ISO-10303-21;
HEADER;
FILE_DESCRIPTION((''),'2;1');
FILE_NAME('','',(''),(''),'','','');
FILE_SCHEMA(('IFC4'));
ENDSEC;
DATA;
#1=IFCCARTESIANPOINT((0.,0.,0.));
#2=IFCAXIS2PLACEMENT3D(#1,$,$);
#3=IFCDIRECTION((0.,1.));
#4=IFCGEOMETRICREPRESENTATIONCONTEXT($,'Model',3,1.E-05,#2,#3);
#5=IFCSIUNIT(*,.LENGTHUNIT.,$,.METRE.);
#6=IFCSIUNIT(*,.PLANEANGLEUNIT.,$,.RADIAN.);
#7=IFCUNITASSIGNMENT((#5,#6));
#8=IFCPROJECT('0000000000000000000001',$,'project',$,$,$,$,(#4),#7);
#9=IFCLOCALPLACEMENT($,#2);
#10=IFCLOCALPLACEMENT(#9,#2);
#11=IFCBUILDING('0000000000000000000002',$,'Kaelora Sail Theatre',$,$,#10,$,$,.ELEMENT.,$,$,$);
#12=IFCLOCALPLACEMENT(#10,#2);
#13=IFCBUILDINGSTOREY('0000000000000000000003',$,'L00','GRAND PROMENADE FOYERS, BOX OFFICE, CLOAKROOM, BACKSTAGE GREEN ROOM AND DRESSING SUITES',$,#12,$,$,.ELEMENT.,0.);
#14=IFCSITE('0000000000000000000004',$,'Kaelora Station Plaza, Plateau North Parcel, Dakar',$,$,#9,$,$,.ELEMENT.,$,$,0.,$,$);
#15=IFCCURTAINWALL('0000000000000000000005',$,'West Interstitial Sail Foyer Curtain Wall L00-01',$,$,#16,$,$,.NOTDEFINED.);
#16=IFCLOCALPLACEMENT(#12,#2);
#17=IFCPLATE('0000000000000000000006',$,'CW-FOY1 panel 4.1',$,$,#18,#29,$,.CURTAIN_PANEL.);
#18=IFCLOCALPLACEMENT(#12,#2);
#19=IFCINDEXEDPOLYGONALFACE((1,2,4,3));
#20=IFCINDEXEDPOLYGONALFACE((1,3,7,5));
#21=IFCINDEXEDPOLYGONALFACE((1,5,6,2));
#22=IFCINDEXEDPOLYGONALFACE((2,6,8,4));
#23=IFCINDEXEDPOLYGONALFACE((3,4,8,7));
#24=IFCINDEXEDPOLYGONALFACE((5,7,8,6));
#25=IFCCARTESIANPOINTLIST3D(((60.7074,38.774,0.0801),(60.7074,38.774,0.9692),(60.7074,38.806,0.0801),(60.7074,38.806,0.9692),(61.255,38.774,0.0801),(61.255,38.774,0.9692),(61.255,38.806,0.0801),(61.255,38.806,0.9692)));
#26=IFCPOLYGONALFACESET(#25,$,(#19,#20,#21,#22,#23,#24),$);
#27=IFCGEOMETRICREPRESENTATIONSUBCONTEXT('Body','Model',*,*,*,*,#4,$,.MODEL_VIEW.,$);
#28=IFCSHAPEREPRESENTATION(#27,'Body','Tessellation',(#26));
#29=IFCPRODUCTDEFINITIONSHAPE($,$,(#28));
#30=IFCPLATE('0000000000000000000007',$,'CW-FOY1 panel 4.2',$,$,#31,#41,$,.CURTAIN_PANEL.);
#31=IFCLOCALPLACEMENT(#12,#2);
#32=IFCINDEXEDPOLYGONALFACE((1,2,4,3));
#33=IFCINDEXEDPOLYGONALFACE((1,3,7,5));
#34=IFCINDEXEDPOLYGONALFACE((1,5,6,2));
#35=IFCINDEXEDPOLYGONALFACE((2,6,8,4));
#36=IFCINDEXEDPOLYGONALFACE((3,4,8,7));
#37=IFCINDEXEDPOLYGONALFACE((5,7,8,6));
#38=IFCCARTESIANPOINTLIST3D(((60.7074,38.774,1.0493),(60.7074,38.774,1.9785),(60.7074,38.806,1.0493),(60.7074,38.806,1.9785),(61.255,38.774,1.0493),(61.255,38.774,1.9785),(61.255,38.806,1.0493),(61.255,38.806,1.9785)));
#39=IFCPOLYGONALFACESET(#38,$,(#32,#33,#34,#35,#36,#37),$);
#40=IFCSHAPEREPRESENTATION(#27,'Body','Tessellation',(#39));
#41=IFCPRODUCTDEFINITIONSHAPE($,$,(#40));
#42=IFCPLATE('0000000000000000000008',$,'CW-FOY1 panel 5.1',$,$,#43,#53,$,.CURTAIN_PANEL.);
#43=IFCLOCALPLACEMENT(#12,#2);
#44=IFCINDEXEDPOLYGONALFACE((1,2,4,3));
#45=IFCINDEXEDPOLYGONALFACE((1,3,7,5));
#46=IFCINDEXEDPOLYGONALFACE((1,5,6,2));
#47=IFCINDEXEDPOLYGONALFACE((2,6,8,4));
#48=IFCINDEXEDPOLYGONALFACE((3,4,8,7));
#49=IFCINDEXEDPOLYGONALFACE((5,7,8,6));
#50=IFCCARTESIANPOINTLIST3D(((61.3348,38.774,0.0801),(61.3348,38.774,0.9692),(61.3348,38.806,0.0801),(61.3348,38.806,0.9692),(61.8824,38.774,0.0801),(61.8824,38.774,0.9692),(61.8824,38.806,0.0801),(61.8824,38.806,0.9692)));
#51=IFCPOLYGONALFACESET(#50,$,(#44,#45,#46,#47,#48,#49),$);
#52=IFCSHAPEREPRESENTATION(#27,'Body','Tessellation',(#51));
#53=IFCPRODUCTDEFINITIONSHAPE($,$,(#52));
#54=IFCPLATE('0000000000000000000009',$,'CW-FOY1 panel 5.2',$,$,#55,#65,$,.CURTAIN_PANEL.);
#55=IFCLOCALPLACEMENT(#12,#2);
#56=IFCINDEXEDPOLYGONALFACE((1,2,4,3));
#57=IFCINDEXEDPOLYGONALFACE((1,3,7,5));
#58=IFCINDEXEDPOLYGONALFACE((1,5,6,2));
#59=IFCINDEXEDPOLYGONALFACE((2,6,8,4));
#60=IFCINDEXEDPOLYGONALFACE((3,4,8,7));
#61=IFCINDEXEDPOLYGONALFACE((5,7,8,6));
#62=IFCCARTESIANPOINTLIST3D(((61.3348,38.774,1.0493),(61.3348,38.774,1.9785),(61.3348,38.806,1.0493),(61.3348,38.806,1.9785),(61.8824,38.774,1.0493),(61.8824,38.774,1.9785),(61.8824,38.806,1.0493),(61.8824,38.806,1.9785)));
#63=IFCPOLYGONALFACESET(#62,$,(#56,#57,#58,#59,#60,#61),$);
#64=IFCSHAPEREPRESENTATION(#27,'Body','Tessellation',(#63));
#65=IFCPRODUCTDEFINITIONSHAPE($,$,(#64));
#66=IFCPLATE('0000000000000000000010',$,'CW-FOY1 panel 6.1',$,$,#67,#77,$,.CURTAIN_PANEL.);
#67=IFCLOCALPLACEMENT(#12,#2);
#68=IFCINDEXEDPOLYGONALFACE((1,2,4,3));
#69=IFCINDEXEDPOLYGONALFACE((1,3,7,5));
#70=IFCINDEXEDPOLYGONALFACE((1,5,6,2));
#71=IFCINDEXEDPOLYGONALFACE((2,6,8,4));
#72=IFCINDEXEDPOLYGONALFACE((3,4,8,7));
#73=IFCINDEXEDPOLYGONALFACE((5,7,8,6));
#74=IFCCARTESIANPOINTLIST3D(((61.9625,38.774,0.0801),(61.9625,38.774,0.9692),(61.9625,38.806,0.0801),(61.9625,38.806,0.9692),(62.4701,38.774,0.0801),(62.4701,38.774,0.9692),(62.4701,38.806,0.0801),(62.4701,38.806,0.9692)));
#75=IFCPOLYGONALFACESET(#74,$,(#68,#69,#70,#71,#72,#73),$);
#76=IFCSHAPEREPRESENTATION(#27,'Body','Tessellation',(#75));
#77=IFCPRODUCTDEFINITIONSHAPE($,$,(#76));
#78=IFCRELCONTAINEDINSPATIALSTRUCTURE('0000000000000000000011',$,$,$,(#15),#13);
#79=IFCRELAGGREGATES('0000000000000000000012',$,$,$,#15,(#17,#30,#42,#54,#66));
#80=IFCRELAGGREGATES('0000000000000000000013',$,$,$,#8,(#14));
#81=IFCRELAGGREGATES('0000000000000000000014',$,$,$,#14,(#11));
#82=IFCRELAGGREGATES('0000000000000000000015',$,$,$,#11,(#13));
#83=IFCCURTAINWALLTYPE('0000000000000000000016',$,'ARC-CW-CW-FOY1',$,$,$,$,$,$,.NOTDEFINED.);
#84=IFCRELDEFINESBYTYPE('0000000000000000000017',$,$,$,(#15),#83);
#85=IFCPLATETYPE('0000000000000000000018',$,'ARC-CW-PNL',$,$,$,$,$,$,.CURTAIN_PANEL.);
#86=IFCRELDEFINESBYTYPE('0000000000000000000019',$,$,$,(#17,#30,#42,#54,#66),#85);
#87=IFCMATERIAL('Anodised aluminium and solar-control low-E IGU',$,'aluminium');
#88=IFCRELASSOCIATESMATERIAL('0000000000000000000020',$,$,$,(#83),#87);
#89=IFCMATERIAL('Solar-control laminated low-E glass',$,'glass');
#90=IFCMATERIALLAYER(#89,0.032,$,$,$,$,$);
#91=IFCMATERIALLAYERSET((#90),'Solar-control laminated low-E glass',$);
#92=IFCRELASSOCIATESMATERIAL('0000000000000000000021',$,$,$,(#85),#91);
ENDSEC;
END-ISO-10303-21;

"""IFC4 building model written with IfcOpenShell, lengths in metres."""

from ifc_helpers import new_model, si_unit, direction, frame, origin, origin_2d, place, context, subcontext, project, spatial, rectangle, extrude, material, layer, layer_set, type_object, element, aggregate, save


model = new_model("IFC4")

# Units and contexts
model_context = context("Model", 3, precision=1e-05, world=origin(), true_north=direction((0.0, 1.0)))
body_context = subcontext(model_context, "Body", "Model", "MODEL_VIEW")
ifc_project = project(units=[si_unit("LENGTHUNIT", "METRE"), si_unit("PLANEANGLEUNIT", "RADIAN")], contexts=[model_context])

# Site, building, storey
site_placement = place(None, origin())
site = spatial("IfcSite", under=ifc_project, at=site_placement, Name="Kaelora Station Plaza, Plateau North Parcel, Dakar", CompositionType="ELEMENT", RefElevation=0.0)
building_placement = place(site_placement, origin())
building = spatial("IfcBuilding", under=site, at=building_placement, Name="Kaelora Sail Theatre", CompositionType="ELEMENT")
storey_placement = place(building_placement, origin())
storey = spatial("IfcBuildingStorey", under=building, at=storey_placement, Name="L00", Description="GRAND PROMENADE FOYERS, BOX OFFICE, CLOAKROOM, BACKSTAGE GREEN ROOM AND DRESSING SUITES", CompositionType="ELEMENT", Elevation=0.0)

# Curtain wall, plates
ifc_material_1 = material(Name="Anodised aluminium and solar-control low-E IGU", Category="aluminium")
curtain_wall_type = type_object("IfcCurtainWallType", Name="ARC-CW-CW-FOY1", PredefinedType="NOTDEFINED", material=ifc_material_1)
curtain_wall_placement = place(storey_placement, origin())
curtain_wall = element("IfcCurtainWall", 1, at=curtain_wall_placement, inside=storey, type_object=curtain_wall_type, Name="West Interstitial Sail Foyer Curtain Wall L00-01", PredefinedType="NOTDEFINED")
ifc_material_2 = material(Name="Solar-control laminated low-E glass", Category="glass")
ifc_layer = layer(ifc_material_2, 0.032)
ifc_layer_set = layer_set([ifc_layer], Name="Solar-control laminated low-E glass")
plate_type = type_object("IfcPlateType", Name="ARC-CW-PNL", PredefinedType="CURTAIN_PANEL", material=ifc_layer_set)
plate_1_placement = place(storey_placement, frame((60.9812, 38.79, 0.0801), z_axis=(0.0, 0.0, 1.0), x_axis=(1.0, 0.0, 0.0)))
plate_1 = element("IfcPlate", 2, at=plate_1_placement, type_object=plate_type, Name="CW-FOY1 panel 4.1", PredefinedType="CURTAIN_PANEL", context=body_context, shape_type="SweptSolid", body=[
    extrude(rectangle(XDim=0.5476, YDim=0.032, at=origin_2d()), origin(), (0.0, 0.0, 1.0), 0.8892),
])
plate_2_placement = place(storey_placement, frame((60.9812, 38.79, 1.0493), z_axis=(0.0, 0.0, 1.0), x_axis=(1.0, 0.0, 0.0)))
plate_2 = element("IfcPlate", 3, at=plate_2_placement, type_object=plate_type, Name="CW-FOY1 panel 4.2", PredefinedType="CURTAIN_PANEL", context=body_context, shape_type="SweptSolid", body=[
    extrude(rectangle(XDim=0.5476, YDim=0.032, at=origin_2d()), origin(), (0.0, 0.0, 1.0), 0.9292),
])
plate_3_placement = place(storey_placement, frame((61.6086, 38.79, 0.0801), z_axis=(0.0, 0.0, 1.0), x_axis=(1.0, 0.0, 0.0)))
plate_3 = element("IfcPlate", 4, at=plate_3_placement, type_object=plate_type, Name="CW-FOY1 panel 5.1", PredefinedType="CURTAIN_PANEL", context=body_context, shape_type="SweptSolid", body=[
    extrude(rectangle(XDim=0.5476, YDim=0.032, at=origin_2d()), origin(), (0.0, 0.0, 1.0), 0.8892),
])
plate_4_placement = place(storey_placement, frame((61.6086, 38.79, 1.0493), z_axis=(0.0, 0.0, 1.0), x_axis=(1.0, 0.0, 0.0)))
plate_4 = element("IfcPlate", 5, at=plate_4_placement, type_object=plate_type, Name="CW-FOY1 panel 5.2", PredefinedType="CURTAIN_PANEL", context=body_context, shape_type="SweptSolid", body=[
    extrude(rectangle(XDim=0.5476, YDim=0.032, at=origin_2d()), origin(), (0.0, 0.0, 1.0), 0.9292),
])
plate_5_placement = place(storey_placement, frame((62.2163, 38.79, 0.0801), z_axis=(0.0, 0.0, 1.0), x_axis=(1.0, 0.0, 0.0)))
plate_5 = element("IfcPlate", 6, at=plate_5_placement, type_object=plate_type, Name="CW-FOY1 panel 6.1", PredefinedType="CURTAIN_PANEL", context=body_context, shape_type="SweptSolid", body=[
    extrude(rectangle(XDim=0.5076, YDim=0.032, at=origin_2d()), origin(), (0.0, 0.0, 1.0), 0.8892),
])
aggregate(curtain_wall, [plate_1, plate_2, plate_3, plate_4, plate_5])

save(model, "model.ifc")
